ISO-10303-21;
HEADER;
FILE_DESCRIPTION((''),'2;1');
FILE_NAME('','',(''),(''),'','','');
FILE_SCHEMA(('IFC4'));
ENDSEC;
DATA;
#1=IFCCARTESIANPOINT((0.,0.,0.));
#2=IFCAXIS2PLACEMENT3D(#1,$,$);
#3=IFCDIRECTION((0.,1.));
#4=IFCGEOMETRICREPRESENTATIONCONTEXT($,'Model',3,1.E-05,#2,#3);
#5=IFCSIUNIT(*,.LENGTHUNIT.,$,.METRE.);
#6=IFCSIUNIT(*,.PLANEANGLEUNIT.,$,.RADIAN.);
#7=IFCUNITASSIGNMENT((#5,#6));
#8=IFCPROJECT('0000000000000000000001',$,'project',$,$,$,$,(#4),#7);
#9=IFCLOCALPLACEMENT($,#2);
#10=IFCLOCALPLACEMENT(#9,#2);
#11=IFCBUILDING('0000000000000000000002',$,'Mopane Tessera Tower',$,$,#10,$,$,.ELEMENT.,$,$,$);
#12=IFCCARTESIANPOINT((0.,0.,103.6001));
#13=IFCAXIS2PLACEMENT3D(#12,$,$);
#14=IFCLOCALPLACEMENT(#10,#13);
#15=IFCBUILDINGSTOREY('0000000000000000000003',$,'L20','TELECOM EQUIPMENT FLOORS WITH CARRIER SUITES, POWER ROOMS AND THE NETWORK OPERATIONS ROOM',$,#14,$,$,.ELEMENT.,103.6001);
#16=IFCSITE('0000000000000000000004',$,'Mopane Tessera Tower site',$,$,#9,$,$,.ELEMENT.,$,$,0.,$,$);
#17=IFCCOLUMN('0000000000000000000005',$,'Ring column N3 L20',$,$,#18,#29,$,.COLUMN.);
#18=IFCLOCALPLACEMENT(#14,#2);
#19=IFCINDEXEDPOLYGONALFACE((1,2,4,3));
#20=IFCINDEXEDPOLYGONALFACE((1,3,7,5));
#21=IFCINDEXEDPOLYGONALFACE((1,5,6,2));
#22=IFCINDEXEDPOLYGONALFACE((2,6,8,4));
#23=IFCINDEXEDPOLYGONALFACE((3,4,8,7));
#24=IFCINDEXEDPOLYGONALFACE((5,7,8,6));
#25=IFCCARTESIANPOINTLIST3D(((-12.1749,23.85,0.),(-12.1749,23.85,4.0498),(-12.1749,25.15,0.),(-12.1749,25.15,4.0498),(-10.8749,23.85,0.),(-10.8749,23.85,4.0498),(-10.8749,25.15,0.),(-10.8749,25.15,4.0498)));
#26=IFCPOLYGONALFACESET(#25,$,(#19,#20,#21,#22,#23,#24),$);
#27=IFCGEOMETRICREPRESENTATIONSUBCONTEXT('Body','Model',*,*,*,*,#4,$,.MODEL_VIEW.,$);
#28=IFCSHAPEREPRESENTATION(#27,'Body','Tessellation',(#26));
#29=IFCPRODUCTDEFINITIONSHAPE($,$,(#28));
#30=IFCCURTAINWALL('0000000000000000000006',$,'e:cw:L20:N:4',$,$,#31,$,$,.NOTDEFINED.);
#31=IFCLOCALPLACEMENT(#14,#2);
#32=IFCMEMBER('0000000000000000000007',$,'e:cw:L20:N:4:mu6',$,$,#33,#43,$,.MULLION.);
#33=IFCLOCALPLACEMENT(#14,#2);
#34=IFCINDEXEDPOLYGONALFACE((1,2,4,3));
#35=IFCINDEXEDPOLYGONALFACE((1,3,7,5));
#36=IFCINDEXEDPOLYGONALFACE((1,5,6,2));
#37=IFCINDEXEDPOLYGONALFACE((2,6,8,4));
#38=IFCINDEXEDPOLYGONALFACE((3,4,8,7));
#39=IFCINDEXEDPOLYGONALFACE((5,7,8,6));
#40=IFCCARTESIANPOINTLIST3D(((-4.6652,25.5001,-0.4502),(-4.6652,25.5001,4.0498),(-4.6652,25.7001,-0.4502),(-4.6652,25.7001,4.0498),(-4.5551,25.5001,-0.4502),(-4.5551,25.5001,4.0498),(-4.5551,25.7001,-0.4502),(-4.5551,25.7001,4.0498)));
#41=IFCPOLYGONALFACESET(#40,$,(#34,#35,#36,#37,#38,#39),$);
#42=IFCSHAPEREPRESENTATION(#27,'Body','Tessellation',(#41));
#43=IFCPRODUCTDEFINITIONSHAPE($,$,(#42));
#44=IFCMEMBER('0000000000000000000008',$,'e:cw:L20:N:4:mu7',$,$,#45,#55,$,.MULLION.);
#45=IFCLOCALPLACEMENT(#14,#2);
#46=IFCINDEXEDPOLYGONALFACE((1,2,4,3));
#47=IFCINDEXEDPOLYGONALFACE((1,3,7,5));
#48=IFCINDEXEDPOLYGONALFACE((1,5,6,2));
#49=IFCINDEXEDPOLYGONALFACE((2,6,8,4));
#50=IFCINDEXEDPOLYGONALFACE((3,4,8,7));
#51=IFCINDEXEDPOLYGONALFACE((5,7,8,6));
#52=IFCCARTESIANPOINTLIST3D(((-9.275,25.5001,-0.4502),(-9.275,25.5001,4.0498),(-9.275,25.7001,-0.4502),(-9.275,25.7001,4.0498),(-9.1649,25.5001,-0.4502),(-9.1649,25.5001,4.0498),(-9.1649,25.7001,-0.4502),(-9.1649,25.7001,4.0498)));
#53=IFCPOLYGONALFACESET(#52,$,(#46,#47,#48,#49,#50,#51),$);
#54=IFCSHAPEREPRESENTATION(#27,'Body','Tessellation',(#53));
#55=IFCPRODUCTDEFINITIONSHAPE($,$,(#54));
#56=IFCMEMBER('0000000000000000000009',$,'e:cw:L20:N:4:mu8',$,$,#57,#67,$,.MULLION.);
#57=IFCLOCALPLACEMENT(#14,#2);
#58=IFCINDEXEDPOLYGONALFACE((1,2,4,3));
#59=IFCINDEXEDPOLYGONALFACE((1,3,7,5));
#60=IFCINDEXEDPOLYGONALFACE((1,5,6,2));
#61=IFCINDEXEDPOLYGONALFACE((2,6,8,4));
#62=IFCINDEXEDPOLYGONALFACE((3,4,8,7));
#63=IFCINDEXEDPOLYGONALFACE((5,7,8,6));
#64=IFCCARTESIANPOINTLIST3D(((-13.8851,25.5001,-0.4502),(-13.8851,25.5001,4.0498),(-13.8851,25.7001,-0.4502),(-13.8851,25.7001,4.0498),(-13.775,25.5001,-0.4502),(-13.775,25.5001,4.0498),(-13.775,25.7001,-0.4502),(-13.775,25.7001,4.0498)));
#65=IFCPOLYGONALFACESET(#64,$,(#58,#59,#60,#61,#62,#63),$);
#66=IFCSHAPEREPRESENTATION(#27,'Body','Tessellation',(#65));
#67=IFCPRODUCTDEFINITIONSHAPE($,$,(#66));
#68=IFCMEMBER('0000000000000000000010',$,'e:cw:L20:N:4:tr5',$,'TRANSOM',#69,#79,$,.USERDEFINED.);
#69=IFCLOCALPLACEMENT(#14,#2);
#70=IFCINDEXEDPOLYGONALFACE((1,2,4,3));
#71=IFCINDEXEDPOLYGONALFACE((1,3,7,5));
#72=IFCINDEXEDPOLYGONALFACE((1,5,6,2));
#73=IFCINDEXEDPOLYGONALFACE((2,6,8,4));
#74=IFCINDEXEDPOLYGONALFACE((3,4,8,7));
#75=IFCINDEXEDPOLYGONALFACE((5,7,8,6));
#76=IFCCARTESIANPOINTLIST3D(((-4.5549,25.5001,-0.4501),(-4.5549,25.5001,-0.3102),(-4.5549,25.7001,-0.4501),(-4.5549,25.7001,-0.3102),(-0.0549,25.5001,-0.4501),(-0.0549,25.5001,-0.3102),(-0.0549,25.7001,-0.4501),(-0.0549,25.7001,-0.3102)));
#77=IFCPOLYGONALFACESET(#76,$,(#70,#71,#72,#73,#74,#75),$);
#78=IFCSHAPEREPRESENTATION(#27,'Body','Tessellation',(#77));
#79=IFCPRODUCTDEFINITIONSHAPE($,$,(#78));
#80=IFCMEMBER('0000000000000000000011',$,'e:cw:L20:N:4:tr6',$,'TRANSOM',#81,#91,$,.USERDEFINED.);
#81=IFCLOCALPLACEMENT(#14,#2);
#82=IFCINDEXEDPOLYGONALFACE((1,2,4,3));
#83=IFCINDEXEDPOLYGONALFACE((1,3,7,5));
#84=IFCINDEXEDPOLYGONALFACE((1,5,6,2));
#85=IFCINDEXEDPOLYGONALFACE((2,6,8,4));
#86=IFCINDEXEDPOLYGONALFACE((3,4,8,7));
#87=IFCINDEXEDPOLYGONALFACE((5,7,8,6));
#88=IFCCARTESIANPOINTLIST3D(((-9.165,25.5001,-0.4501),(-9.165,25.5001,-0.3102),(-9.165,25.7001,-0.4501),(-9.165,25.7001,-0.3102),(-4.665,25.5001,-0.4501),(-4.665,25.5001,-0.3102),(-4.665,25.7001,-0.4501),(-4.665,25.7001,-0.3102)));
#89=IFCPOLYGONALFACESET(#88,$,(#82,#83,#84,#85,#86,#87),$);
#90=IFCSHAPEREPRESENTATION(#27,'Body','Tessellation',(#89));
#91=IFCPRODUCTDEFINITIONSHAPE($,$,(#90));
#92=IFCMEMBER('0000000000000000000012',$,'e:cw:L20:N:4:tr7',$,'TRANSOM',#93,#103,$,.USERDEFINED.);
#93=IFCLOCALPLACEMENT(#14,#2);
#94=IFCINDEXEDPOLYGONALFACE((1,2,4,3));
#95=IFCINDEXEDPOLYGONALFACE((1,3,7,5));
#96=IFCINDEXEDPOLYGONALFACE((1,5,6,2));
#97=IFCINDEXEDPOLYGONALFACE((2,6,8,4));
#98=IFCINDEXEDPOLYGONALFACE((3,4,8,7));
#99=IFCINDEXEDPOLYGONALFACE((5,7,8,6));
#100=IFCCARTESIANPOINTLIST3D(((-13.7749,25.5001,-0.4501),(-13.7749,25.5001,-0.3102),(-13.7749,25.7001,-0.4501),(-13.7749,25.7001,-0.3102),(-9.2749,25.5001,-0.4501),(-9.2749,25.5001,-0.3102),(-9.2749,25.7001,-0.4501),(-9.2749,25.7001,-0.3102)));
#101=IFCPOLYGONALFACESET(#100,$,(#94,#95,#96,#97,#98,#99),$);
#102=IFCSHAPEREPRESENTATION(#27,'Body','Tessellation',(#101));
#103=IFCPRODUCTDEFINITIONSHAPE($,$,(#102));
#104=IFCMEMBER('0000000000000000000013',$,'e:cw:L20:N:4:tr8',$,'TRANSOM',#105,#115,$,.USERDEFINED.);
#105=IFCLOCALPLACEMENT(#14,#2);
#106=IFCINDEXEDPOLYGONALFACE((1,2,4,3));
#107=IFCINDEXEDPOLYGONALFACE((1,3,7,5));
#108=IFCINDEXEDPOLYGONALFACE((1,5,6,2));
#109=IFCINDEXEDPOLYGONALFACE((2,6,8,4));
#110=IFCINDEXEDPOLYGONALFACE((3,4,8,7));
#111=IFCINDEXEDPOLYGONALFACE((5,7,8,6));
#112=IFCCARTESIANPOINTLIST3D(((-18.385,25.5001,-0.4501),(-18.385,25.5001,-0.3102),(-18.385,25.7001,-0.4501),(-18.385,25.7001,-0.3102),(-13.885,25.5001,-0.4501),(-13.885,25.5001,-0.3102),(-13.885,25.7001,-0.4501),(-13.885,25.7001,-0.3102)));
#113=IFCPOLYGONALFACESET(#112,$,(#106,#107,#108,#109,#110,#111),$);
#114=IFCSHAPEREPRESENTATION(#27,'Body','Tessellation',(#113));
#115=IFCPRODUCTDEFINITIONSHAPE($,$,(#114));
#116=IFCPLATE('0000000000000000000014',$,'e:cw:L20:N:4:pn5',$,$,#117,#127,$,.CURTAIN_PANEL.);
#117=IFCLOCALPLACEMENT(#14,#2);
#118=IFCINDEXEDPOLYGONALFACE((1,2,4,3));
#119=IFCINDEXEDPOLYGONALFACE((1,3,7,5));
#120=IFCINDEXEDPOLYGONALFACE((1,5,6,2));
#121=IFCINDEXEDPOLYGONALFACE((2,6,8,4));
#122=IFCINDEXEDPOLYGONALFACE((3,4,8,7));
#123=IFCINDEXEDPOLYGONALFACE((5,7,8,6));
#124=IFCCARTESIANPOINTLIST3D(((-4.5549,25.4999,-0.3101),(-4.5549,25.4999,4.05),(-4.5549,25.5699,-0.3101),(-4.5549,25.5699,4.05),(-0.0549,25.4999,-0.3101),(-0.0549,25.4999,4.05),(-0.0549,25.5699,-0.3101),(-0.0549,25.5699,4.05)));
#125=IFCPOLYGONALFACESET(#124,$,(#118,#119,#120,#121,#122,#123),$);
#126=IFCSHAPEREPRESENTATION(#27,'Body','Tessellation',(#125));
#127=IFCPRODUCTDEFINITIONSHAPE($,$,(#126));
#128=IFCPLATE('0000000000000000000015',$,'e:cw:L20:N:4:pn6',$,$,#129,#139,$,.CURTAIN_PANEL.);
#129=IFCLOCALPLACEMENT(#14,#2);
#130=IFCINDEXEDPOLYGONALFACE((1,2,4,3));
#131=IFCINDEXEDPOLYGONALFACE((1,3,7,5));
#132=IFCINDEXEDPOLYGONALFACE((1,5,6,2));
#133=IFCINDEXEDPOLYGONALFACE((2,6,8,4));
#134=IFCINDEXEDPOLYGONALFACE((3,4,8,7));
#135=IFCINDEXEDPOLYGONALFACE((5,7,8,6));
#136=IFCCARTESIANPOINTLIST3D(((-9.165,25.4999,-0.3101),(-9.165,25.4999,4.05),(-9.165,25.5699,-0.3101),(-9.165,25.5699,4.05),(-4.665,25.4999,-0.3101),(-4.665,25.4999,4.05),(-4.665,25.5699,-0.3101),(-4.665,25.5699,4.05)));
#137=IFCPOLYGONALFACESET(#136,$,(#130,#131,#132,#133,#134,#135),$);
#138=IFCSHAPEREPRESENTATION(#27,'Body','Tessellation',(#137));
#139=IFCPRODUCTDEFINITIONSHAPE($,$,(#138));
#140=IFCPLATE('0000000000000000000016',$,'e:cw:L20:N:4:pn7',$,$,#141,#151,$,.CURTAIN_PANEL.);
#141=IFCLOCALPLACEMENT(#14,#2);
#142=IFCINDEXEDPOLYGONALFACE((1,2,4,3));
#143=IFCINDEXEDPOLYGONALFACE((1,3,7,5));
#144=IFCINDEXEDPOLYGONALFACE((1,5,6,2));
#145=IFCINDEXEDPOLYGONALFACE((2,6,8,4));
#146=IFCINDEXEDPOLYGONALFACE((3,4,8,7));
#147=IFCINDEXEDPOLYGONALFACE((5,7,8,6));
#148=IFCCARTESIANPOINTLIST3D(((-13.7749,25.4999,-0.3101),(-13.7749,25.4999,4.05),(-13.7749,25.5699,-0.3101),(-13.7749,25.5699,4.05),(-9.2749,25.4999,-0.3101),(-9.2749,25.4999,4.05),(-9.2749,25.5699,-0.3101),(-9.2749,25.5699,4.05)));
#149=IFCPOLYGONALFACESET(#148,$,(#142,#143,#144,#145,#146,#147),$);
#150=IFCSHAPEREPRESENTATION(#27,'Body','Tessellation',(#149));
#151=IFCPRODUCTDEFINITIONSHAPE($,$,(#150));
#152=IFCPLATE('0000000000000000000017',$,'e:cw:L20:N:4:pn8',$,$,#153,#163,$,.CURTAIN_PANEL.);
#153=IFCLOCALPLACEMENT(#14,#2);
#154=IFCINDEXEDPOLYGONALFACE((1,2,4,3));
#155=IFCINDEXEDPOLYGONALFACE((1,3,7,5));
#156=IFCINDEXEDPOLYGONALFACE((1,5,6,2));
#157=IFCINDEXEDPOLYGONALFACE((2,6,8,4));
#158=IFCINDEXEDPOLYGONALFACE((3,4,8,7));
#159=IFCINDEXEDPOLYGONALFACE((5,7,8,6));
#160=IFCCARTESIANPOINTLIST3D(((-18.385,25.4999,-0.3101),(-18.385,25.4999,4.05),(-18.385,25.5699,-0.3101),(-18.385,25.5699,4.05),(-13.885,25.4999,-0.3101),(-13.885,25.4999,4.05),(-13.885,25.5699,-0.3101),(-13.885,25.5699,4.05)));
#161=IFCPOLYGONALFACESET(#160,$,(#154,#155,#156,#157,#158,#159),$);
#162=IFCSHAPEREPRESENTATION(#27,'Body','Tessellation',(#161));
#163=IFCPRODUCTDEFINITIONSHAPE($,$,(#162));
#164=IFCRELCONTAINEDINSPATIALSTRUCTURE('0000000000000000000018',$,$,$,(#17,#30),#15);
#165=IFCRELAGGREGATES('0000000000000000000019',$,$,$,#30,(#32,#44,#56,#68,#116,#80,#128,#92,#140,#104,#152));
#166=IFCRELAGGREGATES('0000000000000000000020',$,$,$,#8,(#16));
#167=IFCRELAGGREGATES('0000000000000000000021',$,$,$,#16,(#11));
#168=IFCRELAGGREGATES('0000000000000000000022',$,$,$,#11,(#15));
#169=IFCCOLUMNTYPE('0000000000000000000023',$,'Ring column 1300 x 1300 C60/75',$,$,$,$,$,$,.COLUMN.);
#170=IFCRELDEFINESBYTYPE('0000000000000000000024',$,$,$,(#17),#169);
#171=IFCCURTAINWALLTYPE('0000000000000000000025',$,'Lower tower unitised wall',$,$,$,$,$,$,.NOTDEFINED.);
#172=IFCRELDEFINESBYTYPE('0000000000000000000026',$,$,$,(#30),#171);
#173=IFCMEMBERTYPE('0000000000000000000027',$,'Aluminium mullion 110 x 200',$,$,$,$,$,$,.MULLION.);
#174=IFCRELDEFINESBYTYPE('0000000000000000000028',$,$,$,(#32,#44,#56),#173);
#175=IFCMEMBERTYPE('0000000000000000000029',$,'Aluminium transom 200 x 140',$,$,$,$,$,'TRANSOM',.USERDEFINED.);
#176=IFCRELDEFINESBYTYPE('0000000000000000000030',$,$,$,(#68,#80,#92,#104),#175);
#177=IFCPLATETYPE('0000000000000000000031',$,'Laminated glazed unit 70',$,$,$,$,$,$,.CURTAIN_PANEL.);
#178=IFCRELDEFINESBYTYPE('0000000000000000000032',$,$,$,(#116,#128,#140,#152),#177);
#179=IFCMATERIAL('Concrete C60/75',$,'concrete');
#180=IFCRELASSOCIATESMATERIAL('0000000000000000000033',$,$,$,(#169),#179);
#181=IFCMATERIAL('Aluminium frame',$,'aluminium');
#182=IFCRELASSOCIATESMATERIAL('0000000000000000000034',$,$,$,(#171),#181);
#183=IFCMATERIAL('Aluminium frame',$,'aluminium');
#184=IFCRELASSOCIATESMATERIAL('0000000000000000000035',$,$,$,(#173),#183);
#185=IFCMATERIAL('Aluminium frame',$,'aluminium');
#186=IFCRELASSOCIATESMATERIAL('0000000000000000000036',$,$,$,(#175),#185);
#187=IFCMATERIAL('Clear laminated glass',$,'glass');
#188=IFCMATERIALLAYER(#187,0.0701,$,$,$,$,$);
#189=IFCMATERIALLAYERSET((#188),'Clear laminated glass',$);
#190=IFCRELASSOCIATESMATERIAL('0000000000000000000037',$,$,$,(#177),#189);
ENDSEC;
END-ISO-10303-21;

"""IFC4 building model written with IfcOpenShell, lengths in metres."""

from ifc_helpers import new_model, si_unit, direction, frame, origin, origin_2d, place, context, subcontext, project, spatial, rectangle, extrude, material, layer, layer_set, material_profile, profile_set, type_object, element, aggregate, save


model = new_model("IFC4")

# Units and contexts
model_context = context("Model", 3, precision=1e-05, world=origin(), true_north=direction((0.0, 1.0)))
body_context = subcontext(model_context, "Body", "Model", "MODEL_VIEW")
ifc_project = project(units=[si_unit("LENGTHUNIT", "METRE"), si_unit("PLANEANGLEUNIT", "RADIAN")], contexts=[model_context])

# Site, building, storey
site_placement = place(None, origin())
site = spatial("IfcSite", under=ifc_project, at=site_placement, Name="Mopane Tessera Tower site", CompositionType="ELEMENT", RefElevation=0.0)
building_placement = place(site_placement, origin())
building = spatial("IfcBuilding", under=site, at=building_placement, Name="Mopane Tessera Tower", CompositionType="ELEMENT")
storey_placement = place(building_placement, frame((0.0, 0.0, 103.6001)))
storey = spatial("IfcBuildingStorey", under=building, at=storey_placement, Name="L20", Description="TELECOM EQUIPMENT FLOORS WITH CARRIER SUITES, POWER ROOMS AND THE NETWORK OPERATIONS ROOM", CompositionType="ELEMENT", Elevation=103.6001)

# Column
ifc_material_1 = material(Name="Concrete C60/75", Category="concrete")
ifc_material_profile_1 = material_profile(ifc_material_1, rectangle(XDim=1.3, YDim=1.3, at=origin_2d()))
ifc_profile_set_1 = profile_set([ifc_material_profile_1], Name="Concrete C60/75")
column_type = type_object("IfcColumnType", Name="Ring column 1300 x 1300 C60/75", PredefinedType="COLUMN", material=ifc_profile_set_1)
column_placement = place(storey_placement, frame((-11.5249, 24.5, 0.0), z_axis=(0.0, 0.0, 1.0), x_axis=(1.0, 0.0, 0.0)))
element("IfcColumn", 1, at=column_placement, inside=storey, type_object=column_type, Name="Ring column N3 L20", PredefinedType="COLUMN", context=body_context, shape_type="SweptSolid", body=[
    extrude(rectangle(XDim=1.3, YDim=1.3, at=origin_2d()), origin(), (0.0, 0.0, 1.0), 4.0498),
])

# Curtain wall, members, plates
ifc_material_2 = material(Name="Aluminium frame", Category="aluminium")
curtain_wall_type = type_object("IfcCurtainWallType", Name="Lower tower unitised wall", PredefinedType="NOTDEFINED", material=ifc_material_2)
curtain_wall_placement = place(storey_placement, origin())
curtain_wall = element("IfcCurtainWall", 2, at=curtain_wall_placement, inside=storey, type_object=curtain_wall_type, Name="e:cw:L20:N:4", PredefinedType="NOTDEFINED")
ifc_material_3 = material(Name="Aluminium frame", Category="aluminium")
ifc_material_profile_2 = material_profile(ifc_material_3, rectangle(XDim=0.1101, YDim=0.2, at=origin_2d()))
ifc_profile_set_2 = profile_set([ifc_material_profile_2], Name="Aluminium frame")
member_type_1 = type_object("IfcMemberType", Name="Aluminium mullion 110 x 200", PredefinedType="MULLION", material=ifc_profile_set_2)
member_1_placement = place(storey_placement, frame((-4.6101, 25.6001, -0.4502), z_axis=(0.0, 0.0, 1.0), x_axis=(-1.0, 0.0, 0.0)))
member_1 = element("IfcMember", 3, at=member_1_placement, type_object=member_type_1, Name="e:cw:L20:N:4:mu6", PredefinedType="MULLION", context=body_context, shape_type="SweptSolid", body=[
    extrude(rectangle(XDim=0.1101, YDim=0.2, at=origin_2d()), origin(), (0.0, 0.0, 1.0), 4.5),
])
member_2_placement = place(storey_placement, frame((-9.22, 25.6001, -0.4502), z_axis=(0.0, 0.0, 1.0), x_axis=(-1.0, 0.0, 0.0)))
member_2 = element("IfcMember", 4, at=member_2_placement, type_object=member_type_1, Name="e:cw:L20:N:4:mu7", PredefinedType="MULLION", context=body_context, shape_type="SweptSolid", body=[
    extrude(rectangle(XDim=0.1101, YDim=0.2, at=origin_2d()), origin(), (0.0, 0.0, 1.0), 4.5),
])
member_3_placement = place(storey_placement, frame((-13.8301, 25.6001, -0.4502), z_axis=(0.0, 0.0, 1.0), x_axis=(-1.0, 0.0, 0.0)))
member_3 = element("IfcMember", 5, at=member_3_placement, type_object=member_type_1, Name="e:cw:L20:N:4:mu8", PredefinedType="MULLION", context=body_context, shape_type="SweptSolid", body=[
    extrude(rectangle(XDim=0.1101, YDim=0.2, at=origin_2d()), origin(), (0.0, 0.0, 1.0), 4.5),
])
ifc_material_4 = material(Name="Aluminium frame", Category="aluminium")
ifc_material_profile_3 = material_profile(ifc_material_4, rectangle(XDim=0.2, YDim=0.1399, at=origin_2d()))
ifc_profile_set_3 = profile_set([ifc_material_profile_3], Name="Aluminium frame")
member_type_2 = type_object("IfcMemberType", Name="Aluminium transom 200 x 140", ElementType="TRANSOM", PredefinedType="USERDEFINED", material=ifc_profile_set_3)
member_4_placement = place(storey_placement, frame((-0.0549, 25.6001, -0.3801), z_axis=(-1.0, 0.0, 0.0), x_axis=(0.0, -1.0, 0.0)))
member_4 = element("IfcMember", 6, at=member_4_placement, type_object=member_type_2, Name="e:cw:L20:N:4:tr5", ObjectType="TRANSOM", PredefinedType="USERDEFINED", context=body_context, shape_type="SweptSolid", body=[
    extrude(rectangle(XDim=0.2, YDim=0.1399, at=origin_2d()), origin(), (0.0, 0.0, 1.0), 4.5),
])
member_5_placement = place(storey_placement, frame((-4.665, 25.6001, -0.3801), z_axis=(-1.0, 0.0, 0.0), x_axis=(0.0, -1.0, 0.0)))
member_5 = element("IfcMember", 7, at=member_5_placement, type_object=member_type_2, Name="e:cw:L20:N:4:tr6", ObjectType="TRANSOM", PredefinedType="USERDEFINED", context=body_context, shape_type="SweptSolid", body=[
    extrude(rectangle(XDim=0.2, YDim=0.1399, at=origin_2d()), origin(), (0.0, 0.0, 1.0), 4.5),
])
member_6_placement = place(storey_placement, frame((-9.2749, 25.6001, -0.3801), z_axis=(-1.0, 0.0, 0.0), x_axis=(0.0, -1.0, 0.0)))
member_6 = element("IfcMember", 8, at=member_6_placement, type_object=member_type_2, Name="e:cw:L20:N:4:tr7", ObjectType="TRANSOM", PredefinedType="USERDEFINED", context=body_context, shape_type="SweptSolid", body=[
    extrude(rectangle(XDim=0.2, YDim=0.1399, at=origin_2d()), origin(), (0.0, 0.0, 1.0), 4.5),
])
member_7_placement = place(storey_placement, frame((-13.885, 25.6001, -0.3801), z_axis=(-1.0, 0.0, 0.0), x_axis=(0.0, -1.0, 0.0)))
member_7 = element("IfcMember", 9, at=member_7_placement, type_object=member_type_2, Name="e:cw:L20:N:4:tr8", ObjectType="TRANSOM", PredefinedType="USERDEFINED", context=body_context, shape_type="SweptSolid", body=[
    extrude(rectangle(XDim=0.2, YDim=0.1399, at=origin_2d()), origin(), (0.0, 0.0, 1.0), 4.5),
])
ifc_material_5 = material(Name="Clear laminated glass", Category="glass")
ifc_layer_1 = layer(ifc_material_5, 0.0701)
ifc_layer_set_1 = layer_set([ifc_layer_1], Name="Clear laminated glass")
plate_type = type_object("IfcPlateType", Name="Laminated glazed unit 70", PredefinedType="CURTAIN_PANEL", material=ifc_layer_set_1)
plate_1_placement = place(storey_placement, frame((-2.3049, 25.5349, -0.3101), z_axis=(0.0, 0.0, 1.0), x_axis=(-1.0, 0.0, 0.0)))
plate_1 = element("IfcPlate", 10, at=plate_1_placement, type_object=plate_type, Name="e:cw:L20:N:4:pn5", PredefinedType="CURTAIN_PANEL", context=body_context, shape_type="SweptSolid", body=[
    extrude(rectangle(XDim=4.5, YDim=0.0701, at=origin_2d()), origin(), (0.0, 0.0, 1.0), 4.3601),
])
plate_2_placement = place(storey_placement, frame((-6.915, 25.5349, -0.3101), z_axis=(0.0, 0.0, 1.0), x_axis=(-1.0, 0.0, 0.0)))
plate_2 = element("IfcPlate", 11, at=plate_2_placement, type_object=plate_type, Name="e:cw:L20:N:4:pn6", PredefinedType="CURTAIN_PANEL", context=body_context, shape_type="SweptSolid", body=[
    extrude(rectangle(XDim=4.5, YDim=0.0701, at=origin_2d()), origin(), (0.0, 0.0, 1.0), 4.3601),
])
plate_3_placement = place(storey_placement, frame((-11.5249, 25.5349, -0.3101), z_axis=(0.0, 0.0, 1.0), x_axis=(-1.0, 0.0, 0.0)))
plate_3 = element("IfcPlate", 12, at=plate_3_placement, type_object=plate_type, Name="e:cw:L20:N:4:pn7", PredefinedType="CURTAIN_PANEL", context=body_context, shape_type="SweptSolid", body=[
    extrude(rectangle(XDim=4.5, YDim=0.0701, at=origin_2d()), origin(), (0.0, 0.0, 1.0), 4.3601),
])
plate_4_placement = place(storey_placement, frame((-16.135, 25.5349, -0.3101), z_axis=(0.0, 0.0, 1.0), x_axis=(-1.0, 0.0, 0.0)))
plate_4 = element("IfcPlate", 13, at=plate_4_placement, type_object=plate_type, Name="e:cw:L20:N:4:pn8", PredefinedType="CURTAIN_PANEL", context=body_context, shape_type="SweptSolid", body=[
    extrude(rectangle(XDim=4.5, YDim=0.0701, at=origin_2d()), origin(), (0.0, 0.0, 1.0), 4.3601),
])
aggregate(curtain_wall, [member_1, member_2, member_3, member_4, plate_1, member_5, plate_2, member_6, plate_3, member_7, plate_4])

save(model, "model.ifc")
